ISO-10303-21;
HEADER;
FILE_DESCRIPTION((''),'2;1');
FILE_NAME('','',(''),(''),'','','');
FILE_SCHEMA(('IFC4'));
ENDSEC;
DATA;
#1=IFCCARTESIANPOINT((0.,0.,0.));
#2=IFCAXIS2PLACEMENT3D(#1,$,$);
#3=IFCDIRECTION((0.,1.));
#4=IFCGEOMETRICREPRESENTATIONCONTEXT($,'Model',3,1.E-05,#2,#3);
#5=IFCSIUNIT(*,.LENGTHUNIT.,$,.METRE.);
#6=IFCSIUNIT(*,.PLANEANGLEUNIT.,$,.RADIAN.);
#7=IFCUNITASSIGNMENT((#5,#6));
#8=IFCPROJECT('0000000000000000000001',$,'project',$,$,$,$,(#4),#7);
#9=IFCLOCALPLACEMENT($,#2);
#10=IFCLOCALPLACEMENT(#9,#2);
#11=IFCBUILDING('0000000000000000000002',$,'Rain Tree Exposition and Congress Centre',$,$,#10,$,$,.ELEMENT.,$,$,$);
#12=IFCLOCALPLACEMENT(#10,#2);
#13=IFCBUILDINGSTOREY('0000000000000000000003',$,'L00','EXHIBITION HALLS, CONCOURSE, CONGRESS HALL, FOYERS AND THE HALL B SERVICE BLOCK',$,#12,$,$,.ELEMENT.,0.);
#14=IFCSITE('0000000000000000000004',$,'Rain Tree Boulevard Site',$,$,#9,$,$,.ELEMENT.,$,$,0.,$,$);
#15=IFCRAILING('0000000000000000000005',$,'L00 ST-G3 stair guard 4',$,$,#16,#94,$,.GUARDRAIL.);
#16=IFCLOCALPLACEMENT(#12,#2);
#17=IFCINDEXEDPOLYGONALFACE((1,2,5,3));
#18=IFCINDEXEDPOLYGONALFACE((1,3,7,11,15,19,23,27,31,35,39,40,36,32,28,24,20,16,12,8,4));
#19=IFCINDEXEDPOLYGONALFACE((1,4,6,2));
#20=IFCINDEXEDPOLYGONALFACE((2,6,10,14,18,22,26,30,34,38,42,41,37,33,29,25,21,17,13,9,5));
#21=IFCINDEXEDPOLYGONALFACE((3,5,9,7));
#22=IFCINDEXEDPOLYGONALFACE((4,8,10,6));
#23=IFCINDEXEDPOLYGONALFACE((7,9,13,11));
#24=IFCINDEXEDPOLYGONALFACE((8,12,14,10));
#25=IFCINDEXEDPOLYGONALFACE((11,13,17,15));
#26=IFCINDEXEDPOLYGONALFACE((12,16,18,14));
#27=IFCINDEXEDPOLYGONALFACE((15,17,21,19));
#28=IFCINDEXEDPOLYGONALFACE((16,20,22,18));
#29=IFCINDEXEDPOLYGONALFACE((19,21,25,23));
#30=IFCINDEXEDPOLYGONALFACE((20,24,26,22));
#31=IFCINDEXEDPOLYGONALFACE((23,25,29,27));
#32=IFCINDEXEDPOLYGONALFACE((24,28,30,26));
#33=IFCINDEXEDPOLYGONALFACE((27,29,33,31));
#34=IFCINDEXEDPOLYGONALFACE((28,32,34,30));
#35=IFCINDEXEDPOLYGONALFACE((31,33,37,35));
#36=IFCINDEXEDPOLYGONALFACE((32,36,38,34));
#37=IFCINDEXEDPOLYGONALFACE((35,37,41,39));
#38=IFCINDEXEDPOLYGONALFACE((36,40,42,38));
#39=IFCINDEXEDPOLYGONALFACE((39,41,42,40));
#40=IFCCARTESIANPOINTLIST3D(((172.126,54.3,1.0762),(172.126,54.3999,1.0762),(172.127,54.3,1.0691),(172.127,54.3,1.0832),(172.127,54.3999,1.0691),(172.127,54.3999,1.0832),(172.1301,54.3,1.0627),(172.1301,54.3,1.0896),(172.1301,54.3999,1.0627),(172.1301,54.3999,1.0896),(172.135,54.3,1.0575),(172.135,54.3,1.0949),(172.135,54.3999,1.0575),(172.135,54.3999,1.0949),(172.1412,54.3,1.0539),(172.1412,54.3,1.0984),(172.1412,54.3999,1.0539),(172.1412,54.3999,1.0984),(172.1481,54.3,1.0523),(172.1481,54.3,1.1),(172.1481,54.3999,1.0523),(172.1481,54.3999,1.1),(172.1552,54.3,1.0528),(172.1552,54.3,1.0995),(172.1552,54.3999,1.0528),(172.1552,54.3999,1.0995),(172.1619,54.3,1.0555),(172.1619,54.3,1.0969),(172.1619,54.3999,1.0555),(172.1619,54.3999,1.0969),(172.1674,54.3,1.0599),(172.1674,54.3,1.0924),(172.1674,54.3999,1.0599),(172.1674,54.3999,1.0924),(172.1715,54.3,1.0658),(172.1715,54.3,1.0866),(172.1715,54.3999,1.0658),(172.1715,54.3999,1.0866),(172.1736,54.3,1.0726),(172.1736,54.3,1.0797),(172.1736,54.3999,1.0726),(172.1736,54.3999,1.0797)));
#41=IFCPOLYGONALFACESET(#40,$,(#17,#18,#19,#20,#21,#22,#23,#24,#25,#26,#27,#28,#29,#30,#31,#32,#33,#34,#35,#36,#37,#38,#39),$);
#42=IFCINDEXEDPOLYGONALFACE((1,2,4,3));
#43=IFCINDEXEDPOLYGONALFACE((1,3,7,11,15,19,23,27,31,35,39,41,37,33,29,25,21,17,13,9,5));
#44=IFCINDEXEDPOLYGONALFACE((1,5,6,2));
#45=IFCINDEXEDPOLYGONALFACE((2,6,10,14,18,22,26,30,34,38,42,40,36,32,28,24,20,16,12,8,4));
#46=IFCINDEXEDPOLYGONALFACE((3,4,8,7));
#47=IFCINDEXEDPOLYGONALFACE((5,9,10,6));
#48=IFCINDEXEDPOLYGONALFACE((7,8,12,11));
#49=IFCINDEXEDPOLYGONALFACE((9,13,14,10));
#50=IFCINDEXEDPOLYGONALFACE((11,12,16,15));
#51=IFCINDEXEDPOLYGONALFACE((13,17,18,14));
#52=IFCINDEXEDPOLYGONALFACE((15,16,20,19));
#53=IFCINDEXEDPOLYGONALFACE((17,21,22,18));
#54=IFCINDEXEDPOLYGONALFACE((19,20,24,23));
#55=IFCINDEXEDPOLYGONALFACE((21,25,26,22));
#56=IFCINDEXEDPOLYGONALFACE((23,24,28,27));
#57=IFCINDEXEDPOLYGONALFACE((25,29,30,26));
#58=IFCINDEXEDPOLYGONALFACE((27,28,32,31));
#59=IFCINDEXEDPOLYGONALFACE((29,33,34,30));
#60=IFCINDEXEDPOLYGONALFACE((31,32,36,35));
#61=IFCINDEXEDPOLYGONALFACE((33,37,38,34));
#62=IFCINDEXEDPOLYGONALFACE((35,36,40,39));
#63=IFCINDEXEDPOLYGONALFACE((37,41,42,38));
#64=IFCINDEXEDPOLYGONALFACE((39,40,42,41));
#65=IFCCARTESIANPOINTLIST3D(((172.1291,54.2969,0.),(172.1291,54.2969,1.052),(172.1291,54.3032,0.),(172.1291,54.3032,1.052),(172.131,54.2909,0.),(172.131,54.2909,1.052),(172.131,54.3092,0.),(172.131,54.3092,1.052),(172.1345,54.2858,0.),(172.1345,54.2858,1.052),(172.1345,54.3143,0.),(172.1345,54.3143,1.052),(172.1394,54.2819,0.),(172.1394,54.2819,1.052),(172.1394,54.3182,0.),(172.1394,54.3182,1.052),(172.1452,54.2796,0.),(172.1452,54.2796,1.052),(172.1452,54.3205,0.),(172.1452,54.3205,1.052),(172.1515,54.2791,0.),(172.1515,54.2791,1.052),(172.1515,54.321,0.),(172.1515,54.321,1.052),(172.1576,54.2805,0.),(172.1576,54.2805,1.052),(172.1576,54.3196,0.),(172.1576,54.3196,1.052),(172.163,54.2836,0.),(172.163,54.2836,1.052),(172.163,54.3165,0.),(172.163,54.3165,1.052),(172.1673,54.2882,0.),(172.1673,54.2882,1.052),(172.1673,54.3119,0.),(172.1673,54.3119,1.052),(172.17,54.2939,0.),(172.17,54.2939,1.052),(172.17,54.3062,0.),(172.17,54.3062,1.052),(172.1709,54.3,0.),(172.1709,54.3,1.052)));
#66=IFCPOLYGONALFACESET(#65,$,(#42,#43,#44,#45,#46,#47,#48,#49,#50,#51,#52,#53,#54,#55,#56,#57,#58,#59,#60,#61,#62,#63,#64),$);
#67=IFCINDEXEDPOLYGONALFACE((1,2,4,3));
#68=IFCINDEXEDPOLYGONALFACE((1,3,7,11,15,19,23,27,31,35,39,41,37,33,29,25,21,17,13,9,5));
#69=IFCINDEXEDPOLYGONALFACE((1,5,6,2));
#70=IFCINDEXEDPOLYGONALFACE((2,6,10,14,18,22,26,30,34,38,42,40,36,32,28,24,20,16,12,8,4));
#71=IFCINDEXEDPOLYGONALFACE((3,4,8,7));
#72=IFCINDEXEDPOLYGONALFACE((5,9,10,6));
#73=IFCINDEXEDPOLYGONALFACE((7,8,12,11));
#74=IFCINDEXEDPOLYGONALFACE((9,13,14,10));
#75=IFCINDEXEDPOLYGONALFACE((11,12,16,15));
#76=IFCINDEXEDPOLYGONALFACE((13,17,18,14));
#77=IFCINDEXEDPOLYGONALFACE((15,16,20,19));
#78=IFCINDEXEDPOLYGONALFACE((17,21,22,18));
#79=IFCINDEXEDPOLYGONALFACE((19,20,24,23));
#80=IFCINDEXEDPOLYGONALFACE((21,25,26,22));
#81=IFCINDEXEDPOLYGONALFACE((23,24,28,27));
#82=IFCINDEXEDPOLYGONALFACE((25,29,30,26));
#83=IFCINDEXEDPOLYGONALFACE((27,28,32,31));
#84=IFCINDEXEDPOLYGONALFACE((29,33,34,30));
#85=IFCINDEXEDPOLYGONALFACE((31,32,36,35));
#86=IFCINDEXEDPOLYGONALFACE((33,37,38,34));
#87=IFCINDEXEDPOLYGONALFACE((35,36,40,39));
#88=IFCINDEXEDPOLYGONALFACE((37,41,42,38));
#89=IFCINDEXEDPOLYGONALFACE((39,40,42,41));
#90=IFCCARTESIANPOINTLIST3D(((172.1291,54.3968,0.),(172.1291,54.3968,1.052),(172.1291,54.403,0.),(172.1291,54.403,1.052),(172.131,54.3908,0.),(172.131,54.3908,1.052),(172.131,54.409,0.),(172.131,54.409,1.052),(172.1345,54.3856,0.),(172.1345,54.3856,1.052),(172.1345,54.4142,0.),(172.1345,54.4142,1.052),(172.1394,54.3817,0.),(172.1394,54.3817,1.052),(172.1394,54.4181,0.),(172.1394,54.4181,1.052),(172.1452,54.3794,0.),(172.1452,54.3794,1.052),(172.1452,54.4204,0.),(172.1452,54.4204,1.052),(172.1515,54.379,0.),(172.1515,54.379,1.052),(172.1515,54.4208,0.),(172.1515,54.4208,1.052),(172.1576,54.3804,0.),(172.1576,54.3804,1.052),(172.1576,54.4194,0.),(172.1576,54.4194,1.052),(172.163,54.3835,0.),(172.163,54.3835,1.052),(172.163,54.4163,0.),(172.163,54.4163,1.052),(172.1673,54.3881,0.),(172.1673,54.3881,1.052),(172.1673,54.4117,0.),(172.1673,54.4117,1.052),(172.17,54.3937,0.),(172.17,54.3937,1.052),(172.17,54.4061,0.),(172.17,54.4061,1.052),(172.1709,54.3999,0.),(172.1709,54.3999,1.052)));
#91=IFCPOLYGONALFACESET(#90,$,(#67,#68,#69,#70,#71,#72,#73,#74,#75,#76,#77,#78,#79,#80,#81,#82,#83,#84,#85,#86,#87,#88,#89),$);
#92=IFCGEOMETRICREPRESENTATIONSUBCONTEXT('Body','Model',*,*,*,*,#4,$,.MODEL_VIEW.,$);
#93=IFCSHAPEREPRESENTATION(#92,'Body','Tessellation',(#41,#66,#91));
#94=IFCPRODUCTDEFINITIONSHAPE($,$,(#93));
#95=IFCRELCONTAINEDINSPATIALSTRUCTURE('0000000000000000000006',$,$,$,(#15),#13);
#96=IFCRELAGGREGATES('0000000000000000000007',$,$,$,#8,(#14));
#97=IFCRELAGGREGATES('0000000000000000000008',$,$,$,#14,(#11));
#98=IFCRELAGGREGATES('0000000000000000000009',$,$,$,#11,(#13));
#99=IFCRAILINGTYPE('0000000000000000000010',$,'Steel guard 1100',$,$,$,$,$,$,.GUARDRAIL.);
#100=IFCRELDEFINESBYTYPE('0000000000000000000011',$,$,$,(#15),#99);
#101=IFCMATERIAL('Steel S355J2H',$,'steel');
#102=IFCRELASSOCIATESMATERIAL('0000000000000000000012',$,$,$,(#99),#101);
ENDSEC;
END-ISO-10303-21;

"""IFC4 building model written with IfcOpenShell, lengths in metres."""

from ifc_helpers import new_model, si_unit, direction, frame, origin, origin_2d, place, context, subcontext, project, spatial, circle, extrude, material, type_object, element, save


model = new_model("IFC4")

# Units and contexts
model_context = context("Model", 3, precision=1e-05, world=origin(), true_north=direction((0.0, 1.0)))
body_context = subcontext(model_context, "Body", "Model", "MODEL_VIEW")
ifc_project = project(units=[si_unit("LENGTHUNIT", "METRE"), si_unit("PLANEANGLEUNIT", "RADIAN")], contexts=[model_context])

# Site, building, storey
site_placement = place(None, origin())
site = spatial("IfcSite", under=ifc_project, at=site_placement, Name="Rain Tree Boulevard Site", CompositionType="ELEMENT", RefElevation=0.0)
building_placement = place(site_placement, origin())
building = spatial("IfcBuilding", under=site, at=building_placement, Name="Rain Tree Exposition and Congress Centre", CompositionType="ELEMENT")
storey_placement = place(building_placement, origin())
storey = spatial("IfcBuildingStorey", under=building, at=storey_placement, Name="L00", Description="EXHIBITION HALLS, CONCOURSE, CONGRESS HALL, FOYERS AND THE HALL B SERVICE BLOCK", CompositionType="ELEMENT", Elevation=0.0)

# Railing
ifc_material_1 = material(Name="Steel S355J2H", Category="steel")
railing_type_1 = type_object("IfcRailingType", Name="Steel guard 1100", PredefinedType="GUARDRAIL", material=ifc_material_1)
railing_1_placement = place(storey_placement, frame((172.1499, 54.3, 0.0)))
element("IfcRailing", 1, at=railing_1_placement, inside=storey, type_object=railing_type_1, Name="L00 ST-G3 stair guard 4", PredefinedType="GUARDRAIL", context=body_context, shape_type="SweptSolid", body=[
    extrude(circle(Radius=0.0239, at=origin_2d()), frame((0.0, 0.0, 1.0762), z_axis=(0.0, 1.0, 0.0), x_axis=(-1.0, 0.0, 0.0)), (0.0, 0.0, 1.0), 0.0999),
    extrude(circle(Radius=0.021, at=origin_2d()), origin(), (0.0, 0.0, 1.0), 1.052),
    extrude(circle(Radius=0.021, at=origin_2d()), frame((0.0, 0.0999, 0.0)), (0.0, 0.0, 1.0), 1.052),
])

save(model, "model.ifc")
